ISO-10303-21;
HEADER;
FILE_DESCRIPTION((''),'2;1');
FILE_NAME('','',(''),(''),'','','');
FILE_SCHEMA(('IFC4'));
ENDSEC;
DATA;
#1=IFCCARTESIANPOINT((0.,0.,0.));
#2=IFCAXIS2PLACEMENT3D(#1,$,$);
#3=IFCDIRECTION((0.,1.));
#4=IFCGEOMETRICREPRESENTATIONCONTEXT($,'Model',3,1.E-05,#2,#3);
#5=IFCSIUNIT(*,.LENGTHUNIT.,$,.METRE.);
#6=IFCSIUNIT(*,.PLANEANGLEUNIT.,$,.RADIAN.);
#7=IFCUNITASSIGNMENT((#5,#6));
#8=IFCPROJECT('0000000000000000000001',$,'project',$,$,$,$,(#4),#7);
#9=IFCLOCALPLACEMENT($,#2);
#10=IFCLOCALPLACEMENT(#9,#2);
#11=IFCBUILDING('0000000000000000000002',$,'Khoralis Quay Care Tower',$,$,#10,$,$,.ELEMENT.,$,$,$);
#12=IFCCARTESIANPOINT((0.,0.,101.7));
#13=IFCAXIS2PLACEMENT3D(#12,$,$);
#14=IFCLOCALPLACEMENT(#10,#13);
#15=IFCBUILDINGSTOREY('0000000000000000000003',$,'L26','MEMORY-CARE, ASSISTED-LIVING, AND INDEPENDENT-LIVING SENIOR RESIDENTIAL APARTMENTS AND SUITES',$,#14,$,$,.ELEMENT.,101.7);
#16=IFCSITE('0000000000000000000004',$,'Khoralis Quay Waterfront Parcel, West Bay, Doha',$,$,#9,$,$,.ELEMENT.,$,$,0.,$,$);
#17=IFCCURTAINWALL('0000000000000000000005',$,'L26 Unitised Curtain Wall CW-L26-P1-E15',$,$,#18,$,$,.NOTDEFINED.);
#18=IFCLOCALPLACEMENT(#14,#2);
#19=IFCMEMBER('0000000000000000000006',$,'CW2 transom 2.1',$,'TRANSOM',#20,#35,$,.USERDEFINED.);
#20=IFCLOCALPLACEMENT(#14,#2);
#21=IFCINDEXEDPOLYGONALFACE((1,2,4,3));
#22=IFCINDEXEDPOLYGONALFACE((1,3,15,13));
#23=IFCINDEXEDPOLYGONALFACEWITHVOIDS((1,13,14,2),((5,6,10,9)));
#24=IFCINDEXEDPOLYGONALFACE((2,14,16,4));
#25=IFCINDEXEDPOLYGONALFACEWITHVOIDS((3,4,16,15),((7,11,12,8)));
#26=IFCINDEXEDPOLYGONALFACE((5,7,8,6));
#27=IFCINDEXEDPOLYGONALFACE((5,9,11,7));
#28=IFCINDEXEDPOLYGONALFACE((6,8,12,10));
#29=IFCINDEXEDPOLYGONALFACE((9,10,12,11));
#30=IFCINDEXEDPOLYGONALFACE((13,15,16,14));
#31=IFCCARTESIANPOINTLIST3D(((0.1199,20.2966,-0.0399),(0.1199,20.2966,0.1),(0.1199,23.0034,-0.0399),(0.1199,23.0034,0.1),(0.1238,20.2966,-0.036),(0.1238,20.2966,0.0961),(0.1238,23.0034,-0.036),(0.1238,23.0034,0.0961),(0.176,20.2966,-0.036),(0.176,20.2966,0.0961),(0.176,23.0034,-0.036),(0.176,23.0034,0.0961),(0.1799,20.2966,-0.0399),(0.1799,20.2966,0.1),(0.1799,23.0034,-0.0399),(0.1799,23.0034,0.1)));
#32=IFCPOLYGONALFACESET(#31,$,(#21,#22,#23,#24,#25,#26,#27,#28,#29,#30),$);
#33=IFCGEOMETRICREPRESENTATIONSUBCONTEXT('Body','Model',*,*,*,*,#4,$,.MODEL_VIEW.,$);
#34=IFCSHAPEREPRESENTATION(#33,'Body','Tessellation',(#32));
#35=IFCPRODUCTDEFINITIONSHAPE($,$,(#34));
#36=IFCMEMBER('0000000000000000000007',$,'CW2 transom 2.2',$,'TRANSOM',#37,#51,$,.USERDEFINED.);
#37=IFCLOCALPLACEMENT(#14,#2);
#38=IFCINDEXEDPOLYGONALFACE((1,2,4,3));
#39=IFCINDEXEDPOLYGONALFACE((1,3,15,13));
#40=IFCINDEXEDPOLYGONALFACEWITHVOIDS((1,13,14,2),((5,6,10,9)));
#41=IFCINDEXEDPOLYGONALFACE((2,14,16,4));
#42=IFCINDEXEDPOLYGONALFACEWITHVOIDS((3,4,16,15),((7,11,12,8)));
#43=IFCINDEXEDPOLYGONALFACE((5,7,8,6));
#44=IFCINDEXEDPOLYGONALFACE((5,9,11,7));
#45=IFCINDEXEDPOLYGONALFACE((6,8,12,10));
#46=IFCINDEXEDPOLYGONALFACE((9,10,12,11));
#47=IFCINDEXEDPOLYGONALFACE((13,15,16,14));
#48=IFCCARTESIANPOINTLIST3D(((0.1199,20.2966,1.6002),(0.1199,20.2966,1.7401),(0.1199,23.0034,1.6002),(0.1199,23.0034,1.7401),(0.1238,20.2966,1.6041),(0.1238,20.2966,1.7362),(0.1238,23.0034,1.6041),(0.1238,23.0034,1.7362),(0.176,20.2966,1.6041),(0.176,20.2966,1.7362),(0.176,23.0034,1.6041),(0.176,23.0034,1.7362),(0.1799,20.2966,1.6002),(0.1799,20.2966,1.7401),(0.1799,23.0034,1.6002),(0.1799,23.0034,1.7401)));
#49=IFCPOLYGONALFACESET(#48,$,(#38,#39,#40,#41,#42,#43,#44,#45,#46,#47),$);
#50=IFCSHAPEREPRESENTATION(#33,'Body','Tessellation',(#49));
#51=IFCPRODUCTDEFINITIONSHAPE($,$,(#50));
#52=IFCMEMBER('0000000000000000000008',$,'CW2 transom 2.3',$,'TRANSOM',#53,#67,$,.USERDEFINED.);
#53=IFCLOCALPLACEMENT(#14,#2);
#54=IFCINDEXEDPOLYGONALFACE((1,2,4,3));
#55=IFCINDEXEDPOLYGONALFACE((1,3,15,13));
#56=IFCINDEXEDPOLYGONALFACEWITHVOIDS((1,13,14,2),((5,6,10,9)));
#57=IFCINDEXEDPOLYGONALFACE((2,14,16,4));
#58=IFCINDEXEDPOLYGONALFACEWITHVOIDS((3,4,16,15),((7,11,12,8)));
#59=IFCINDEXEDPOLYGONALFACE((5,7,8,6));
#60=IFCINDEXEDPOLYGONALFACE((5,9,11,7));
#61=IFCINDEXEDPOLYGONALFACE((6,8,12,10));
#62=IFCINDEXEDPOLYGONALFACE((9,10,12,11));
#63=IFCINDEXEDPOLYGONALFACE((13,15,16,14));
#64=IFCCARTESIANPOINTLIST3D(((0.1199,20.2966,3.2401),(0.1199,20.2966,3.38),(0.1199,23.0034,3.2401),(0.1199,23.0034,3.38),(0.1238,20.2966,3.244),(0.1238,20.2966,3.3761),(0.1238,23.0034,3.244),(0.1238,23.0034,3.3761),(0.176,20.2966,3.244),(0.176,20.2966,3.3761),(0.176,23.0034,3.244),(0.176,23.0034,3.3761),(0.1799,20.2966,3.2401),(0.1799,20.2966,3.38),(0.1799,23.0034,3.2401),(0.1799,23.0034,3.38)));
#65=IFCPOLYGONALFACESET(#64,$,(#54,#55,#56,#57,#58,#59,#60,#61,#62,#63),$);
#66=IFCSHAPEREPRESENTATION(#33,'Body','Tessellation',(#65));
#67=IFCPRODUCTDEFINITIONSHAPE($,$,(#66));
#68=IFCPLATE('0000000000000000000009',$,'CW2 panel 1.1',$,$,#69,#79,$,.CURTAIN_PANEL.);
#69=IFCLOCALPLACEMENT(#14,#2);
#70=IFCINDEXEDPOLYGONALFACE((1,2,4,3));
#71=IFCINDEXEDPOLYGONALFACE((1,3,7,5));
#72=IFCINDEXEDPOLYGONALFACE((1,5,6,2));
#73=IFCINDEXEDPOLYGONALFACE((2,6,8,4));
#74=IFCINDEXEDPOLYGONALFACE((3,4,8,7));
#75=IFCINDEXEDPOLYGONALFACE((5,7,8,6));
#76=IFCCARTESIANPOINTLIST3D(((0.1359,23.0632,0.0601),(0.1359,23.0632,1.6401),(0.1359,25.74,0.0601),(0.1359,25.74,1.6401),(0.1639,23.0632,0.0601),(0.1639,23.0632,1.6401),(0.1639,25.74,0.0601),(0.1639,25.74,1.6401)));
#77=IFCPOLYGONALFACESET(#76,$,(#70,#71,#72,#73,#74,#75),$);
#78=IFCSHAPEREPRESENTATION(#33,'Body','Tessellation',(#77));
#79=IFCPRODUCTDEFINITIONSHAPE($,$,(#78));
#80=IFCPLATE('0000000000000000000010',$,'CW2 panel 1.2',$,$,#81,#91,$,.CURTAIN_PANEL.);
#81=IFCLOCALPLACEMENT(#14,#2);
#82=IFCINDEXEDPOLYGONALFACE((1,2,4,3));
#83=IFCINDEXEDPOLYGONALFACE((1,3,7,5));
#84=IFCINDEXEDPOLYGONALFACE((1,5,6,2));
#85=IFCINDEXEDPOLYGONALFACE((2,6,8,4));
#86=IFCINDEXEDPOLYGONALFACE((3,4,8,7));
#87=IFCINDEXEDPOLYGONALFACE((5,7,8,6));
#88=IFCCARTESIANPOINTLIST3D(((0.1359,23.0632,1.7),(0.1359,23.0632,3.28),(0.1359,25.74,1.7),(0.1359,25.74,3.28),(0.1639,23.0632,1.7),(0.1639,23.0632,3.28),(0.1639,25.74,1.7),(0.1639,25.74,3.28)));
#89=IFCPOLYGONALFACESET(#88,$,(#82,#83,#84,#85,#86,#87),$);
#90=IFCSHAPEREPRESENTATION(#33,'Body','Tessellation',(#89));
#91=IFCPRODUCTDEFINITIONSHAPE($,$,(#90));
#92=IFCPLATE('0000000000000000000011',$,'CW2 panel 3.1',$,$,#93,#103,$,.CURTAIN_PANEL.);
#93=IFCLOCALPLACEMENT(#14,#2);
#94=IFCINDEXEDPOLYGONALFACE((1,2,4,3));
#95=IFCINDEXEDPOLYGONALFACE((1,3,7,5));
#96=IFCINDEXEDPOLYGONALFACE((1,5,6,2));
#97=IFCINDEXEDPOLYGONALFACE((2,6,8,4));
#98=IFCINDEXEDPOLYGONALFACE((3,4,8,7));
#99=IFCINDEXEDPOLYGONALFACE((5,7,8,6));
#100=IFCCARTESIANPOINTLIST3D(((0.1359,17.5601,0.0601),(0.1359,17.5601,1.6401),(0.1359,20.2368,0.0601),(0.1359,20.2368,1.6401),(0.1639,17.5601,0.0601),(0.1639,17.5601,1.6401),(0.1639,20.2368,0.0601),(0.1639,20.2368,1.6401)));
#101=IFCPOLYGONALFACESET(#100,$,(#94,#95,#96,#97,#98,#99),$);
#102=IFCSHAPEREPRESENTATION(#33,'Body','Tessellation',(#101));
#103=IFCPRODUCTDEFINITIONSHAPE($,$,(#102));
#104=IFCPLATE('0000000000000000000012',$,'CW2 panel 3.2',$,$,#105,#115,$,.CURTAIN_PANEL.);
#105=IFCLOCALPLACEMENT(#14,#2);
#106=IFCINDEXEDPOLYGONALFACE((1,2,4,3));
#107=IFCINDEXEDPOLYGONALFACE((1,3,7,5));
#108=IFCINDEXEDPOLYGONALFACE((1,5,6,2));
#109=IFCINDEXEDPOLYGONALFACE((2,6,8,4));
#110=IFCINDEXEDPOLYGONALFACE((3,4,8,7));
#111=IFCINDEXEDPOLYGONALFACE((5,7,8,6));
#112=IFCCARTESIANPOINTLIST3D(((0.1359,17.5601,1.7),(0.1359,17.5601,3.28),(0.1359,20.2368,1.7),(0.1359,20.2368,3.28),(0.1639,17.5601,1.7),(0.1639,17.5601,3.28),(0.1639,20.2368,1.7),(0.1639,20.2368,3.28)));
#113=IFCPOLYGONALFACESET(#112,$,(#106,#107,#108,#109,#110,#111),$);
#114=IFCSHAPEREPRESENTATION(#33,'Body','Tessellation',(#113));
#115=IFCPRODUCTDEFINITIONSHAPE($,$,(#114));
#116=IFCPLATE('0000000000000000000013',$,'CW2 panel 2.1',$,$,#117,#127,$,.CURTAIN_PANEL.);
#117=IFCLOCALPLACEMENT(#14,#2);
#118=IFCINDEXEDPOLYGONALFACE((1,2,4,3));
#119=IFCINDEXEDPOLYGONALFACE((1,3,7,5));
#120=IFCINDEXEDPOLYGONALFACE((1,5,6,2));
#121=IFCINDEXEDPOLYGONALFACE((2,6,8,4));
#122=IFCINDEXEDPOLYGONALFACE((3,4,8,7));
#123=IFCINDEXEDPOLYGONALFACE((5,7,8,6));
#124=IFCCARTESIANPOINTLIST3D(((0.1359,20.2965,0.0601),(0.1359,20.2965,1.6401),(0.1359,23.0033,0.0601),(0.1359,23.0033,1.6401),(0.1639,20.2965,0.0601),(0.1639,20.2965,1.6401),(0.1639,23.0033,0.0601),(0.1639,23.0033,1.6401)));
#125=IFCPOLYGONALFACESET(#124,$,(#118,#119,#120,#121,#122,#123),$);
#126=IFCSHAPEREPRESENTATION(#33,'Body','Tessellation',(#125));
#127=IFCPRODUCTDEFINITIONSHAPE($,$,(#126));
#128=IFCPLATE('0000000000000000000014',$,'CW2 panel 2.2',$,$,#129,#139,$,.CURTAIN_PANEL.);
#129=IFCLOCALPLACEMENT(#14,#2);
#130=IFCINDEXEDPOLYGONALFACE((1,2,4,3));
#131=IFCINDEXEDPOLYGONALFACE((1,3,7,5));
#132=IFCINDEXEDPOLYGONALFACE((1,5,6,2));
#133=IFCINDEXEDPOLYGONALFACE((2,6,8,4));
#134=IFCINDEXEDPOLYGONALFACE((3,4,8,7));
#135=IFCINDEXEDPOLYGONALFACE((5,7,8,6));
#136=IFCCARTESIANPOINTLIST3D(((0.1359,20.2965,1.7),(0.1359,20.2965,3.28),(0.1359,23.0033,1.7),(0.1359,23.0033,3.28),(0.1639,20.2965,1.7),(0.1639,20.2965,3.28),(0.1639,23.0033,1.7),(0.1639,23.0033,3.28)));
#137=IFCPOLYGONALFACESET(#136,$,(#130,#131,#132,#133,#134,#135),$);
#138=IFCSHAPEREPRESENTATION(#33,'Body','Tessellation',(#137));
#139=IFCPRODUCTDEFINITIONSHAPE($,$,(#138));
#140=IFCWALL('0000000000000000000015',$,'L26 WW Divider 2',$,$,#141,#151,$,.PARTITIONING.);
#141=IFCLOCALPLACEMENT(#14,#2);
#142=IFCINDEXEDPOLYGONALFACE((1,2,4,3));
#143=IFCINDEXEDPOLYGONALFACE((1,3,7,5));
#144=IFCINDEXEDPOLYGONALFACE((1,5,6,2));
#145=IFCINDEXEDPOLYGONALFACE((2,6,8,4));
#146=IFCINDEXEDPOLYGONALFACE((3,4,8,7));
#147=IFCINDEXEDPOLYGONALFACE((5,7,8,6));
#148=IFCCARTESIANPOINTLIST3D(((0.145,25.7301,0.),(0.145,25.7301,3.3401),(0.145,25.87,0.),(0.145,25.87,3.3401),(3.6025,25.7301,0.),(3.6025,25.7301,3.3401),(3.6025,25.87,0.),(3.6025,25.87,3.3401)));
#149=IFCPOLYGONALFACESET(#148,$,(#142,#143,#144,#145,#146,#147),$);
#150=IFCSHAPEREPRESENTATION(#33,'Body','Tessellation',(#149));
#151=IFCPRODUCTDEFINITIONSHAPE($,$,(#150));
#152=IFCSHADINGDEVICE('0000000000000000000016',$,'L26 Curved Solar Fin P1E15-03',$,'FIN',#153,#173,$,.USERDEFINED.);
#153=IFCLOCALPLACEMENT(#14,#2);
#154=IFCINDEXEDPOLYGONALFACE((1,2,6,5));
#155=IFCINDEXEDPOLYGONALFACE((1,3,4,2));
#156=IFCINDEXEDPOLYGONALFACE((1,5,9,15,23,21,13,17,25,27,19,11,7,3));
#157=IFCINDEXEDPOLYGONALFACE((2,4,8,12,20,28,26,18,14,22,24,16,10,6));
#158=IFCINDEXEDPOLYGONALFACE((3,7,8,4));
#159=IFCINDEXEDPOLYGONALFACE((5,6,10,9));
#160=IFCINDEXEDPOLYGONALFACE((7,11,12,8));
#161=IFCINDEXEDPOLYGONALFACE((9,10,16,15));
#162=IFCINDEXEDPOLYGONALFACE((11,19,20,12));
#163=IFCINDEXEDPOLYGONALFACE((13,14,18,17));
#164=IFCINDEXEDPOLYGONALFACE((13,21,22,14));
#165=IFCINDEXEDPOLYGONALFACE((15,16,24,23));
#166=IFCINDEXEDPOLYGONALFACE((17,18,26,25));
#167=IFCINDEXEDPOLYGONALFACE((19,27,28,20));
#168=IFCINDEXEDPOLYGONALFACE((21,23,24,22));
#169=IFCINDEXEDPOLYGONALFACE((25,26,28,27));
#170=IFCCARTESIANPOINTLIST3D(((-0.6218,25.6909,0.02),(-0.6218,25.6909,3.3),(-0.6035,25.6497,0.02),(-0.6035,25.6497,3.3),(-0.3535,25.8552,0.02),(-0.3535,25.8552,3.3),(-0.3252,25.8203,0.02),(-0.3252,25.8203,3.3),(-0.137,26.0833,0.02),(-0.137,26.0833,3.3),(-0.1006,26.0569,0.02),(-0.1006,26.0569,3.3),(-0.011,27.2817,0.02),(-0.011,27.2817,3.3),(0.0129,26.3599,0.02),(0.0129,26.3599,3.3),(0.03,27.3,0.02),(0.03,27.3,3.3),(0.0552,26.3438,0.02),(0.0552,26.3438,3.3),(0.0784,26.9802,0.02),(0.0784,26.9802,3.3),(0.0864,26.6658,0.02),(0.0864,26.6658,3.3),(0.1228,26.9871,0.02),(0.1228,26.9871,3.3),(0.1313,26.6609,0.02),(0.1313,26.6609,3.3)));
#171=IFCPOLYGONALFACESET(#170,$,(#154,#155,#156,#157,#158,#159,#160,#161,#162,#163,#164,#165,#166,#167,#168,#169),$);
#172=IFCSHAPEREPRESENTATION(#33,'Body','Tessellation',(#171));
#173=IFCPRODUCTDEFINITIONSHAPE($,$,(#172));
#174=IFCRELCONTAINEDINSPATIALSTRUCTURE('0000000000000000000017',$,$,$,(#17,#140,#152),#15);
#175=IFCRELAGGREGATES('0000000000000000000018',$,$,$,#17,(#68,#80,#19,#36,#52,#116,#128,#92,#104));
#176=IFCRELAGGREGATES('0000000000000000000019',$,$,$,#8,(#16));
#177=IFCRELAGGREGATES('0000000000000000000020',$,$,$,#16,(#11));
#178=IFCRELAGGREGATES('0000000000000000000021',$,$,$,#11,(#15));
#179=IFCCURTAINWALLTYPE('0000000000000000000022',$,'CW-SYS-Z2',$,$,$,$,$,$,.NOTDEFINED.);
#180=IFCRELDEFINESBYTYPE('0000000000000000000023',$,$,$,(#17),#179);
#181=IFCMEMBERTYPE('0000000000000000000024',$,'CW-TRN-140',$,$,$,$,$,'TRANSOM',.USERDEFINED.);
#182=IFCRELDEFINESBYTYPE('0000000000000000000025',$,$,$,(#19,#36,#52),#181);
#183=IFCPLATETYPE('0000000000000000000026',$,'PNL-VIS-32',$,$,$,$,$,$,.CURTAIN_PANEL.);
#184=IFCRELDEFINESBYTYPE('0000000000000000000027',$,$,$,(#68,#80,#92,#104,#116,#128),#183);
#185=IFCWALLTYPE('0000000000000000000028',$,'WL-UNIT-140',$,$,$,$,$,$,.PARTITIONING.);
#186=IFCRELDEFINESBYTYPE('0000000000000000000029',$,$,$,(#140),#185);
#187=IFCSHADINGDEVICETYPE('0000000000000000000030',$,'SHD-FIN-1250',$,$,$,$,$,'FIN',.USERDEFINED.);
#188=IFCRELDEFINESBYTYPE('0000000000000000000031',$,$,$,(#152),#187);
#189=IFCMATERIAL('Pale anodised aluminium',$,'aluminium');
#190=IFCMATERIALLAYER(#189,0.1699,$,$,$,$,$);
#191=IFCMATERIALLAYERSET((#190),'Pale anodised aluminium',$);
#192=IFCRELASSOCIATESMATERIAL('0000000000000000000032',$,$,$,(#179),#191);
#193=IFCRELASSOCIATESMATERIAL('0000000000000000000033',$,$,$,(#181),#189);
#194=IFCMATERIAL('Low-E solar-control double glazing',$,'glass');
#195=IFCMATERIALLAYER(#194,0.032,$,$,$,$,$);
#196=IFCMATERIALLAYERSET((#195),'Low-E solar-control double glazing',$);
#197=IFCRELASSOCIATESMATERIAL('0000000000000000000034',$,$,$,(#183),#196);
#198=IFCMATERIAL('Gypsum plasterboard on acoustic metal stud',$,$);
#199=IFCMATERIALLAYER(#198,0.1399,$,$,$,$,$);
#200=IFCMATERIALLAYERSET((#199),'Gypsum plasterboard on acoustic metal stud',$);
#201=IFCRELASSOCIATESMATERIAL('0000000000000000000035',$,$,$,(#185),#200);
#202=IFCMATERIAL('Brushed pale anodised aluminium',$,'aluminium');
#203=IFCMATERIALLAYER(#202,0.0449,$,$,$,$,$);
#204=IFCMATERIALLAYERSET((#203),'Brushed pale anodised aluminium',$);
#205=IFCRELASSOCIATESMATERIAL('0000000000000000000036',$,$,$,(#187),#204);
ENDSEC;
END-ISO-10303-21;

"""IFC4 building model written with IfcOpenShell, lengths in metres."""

from ifc_helpers import new_model, si_unit, direction, frame, frame_2d, origin, origin_2d, place, context, subcontext, project, spatial, polyline, rectangle, hollow_rectangle, outline, extrude, source, transform, mapped, material, layer, layer_set, material_profile, profile_set, type_object, element, aggregate, save


model = new_model("IFC4")

# Units and contexts
model_context = context("Model", 3, precision=1e-05, world=origin(), true_north=direction((0.0, 1.0)))
body_context = subcontext(model_context, "Body", "Model", "MODEL_VIEW")
ifc_project = project(units=[si_unit("LENGTHUNIT", "METRE"), si_unit("PLANEANGLEUNIT", "RADIAN")], contexts=[model_context])

# Site, building, storey
site_placement = place(None, origin())
site = spatial("IfcSite", under=ifc_project, at=site_placement, Name="Khoralis Quay Waterfront Parcel, West Bay, Doha", CompositionType="ELEMENT", RefElevation=0.0)
building_placement = place(site_placement, origin())
building = spatial("IfcBuilding", under=site, at=building_placement, Name="Khoralis Quay Care Tower", CompositionType="ELEMENT")
storey_placement = place(building_placement, frame((0.0, 0.0, 101.7)))
storey = spatial("IfcBuildingStorey", under=building, at=storey_placement, Name="L26", Description="MEMORY-CARE, ASSISTED-LIVING, AND INDEPENDENT-LIVING SENIOR RESIDENTIAL APARTMENTS AND SUITES", CompositionType="ELEMENT", Elevation=101.7)

# Curtain wall, members, plates
ifc_material_1 = material(Name="Pale anodised aluminium", Category="aluminium")
ifc_layer_1 = layer(ifc_material_1, 0.1699)
ifc_layer_set_1 = layer_set([ifc_layer_1], Name="Pale anodised aluminium")
curtain_wall_type = type_object("IfcCurtainWallType", Name="CW-SYS-Z2", PredefinedType="NOTDEFINED", material=ifc_layer_set_1)
curtain_wall_placement = place(storey_placement, origin())
curtain_wall = element("IfcCurtainWall", 1, at=curtain_wall_placement, inside=storey, type_object=curtain_wall_type, Name="L26 Unitised Curtain Wall CW-L26-P1-E15", PredefinedType="NOTDEFINED")
ifc_material_profile_1 = material_profile(ifc_material_1, hollow_rectangle(XDim=0.0601, YDim=0.1399, WallThickness=0.0039, at=origin_2d()), Name="Pale anodised aluminium")
ifc_profile_set_1 = profile_set([ifc_material_profile_1], Name="Pale anodised aluminium")
member_type_1 = type_object("IfcMemberType", Name="CW-TRN-140", ElementType="TRANSOM", PredefinedType="USERDEFINED", material=ifc_profile_set_1)
shared_shape_1 = source(origin(), body_context, "Body", "SweptSolid", [
    extrude(hollow_rectangle(XDim=0.0601, YDim=0.1399, WallThickness=0.0039, at=origin_2d()), origin(), (0.0, 0.0, 1.0), 2.7068),
])
member_1_placement = place(storey_placement, frame((0.1499, 23.0034, 0.03), z_axis=(0.0, -1.0, 0.0), x_axis=(1.0, 0.0, 0.0)))
member_1 = element("IfcMember", 2, at=member_1_placement, type_object=member_type_1, Name="CW2 transom 2.1", ObjectType="TRANSOM", PredefinedType="USERDEFINED", context=body_context, shape_type="MappedRepresentation", body=[
    mapped(shared_shape_1, transform((0.0, 0.0, 0.0), scale=1.0)),
])
member_2_placement = place(storey_placement, frame((0.1499, 23.0034, 1.6702), z_axis=(0.0, -1.0, 0.0), x_axis=(1.0, 0.0, 0.0)))
member_2 = element("IfcMember", 3, at=member_2_placement, type_object=member_type_1, Name="CW2 transom 2.2", ObjectType="TRANSOM", PredefinedType="USERDEFINED", context=body_context, shape_type="MappedRepresentation", body=[
    mapped(shared_shape_1, transform((0.0, 0.0, 0.0), scale=1.0)),
])
member_3_placement = place(storey_placement, frame((0.1499, 23.0034, 3.3101), z_axis=(0.0, -1.0, 0.0), x_axis=(1.0, 0.0, 0.0)))
member_3 = element("IfcMember", 4, at=member_3_placement, type_object=member_type_1, Name="CW2 transom 2.3", ObjectType="TRANSOM", PredefinedType="USERDEFINED", context=body_context, shape_type="MappedRepresentation", body=[
    mapped(shared_shape_1, transform((0.0, 0.0, 0.0), scale=1.0)),
])
ifc_material_2 = material(Name="Low-E solar-control double glazing", Category="glass")
ifc_layer_2 = layer(ifc_material_2, 0.032)
ifc_layer_set_2 = layer_set([ifc_layer_2], Name="Low-E solar-control double glazing")
plate_type = type_object("IfcPlateType", Name="PNL-VIS-32", PredefinedType="CURTAIN_PANEL", material=ifc_layer_set_2)
shared_shape_2 = source(origin(), body_context, "Body", "SweptSolid", [
    extrude(rectangle(XDim=2.6768, YDim=0.0281, at=origin_2d()), origin(), (0.0, 0.0, 1.0), 1.5801),
])
plate_1_placement = place(storey_placement, frame((0.1499, 24.4016, 0.0601), z_axis=(0.0, 0.0, 1.0), x_axis=(0.0, -1.0, 0.0)))
plate_1 = element("IfcPlate", 5, at=plate_1_placement, type_object=plate_type, Name="CW2 panel 1.1", PredefinedType="CURTAIN_PANEL", context=body_context, shape_type="MappedRepresentation", body=[
    mapped(shared_shape_2, transform((0.0, 0.0, 0.0), scale=1.0)),
])
plate_2_placement = place(storey_placement, frame((0.1499, 24.4016, 1.7), z_axis=(0.0, 0.0, 1.0), x_axis=(0.0, -1.0, 0.0)))
plate_2 = element("IfcPlate", 6, at=plate_2_placement, type_object=plate_type, Name="CW2 panel 1.2", PredefinedType="CURTAIN_PANEL", context=body_context, shape_type="MappedRepresentation", body=[
    mapped(shared_shape_2, transform((0.0, 0.0, 0.0), scale=1.0)),
])
plate_3_placement = place(storey_placement, frame((0.1499, 18.8984, 0.0601), z_axis=(0.0, 0.0, 1.0), x_axis=(0.0, -1.0, 0.0)))
plate_3 = element("IfcPlate", 7, at=plate_3_placement, type_object=plate_type, Name="CW2 panel 3.1", PredefinedType="CURTAIN_PANEL", context=body_context, shape_type="MappedRepresentation", body=[
    mapped(shared_shape_2, transform((0.0, 0.0, 0.0), scale=1.0)),
])
plate_4_placement = place(storey_placement, frame((0.1499, 18.8984, 1.7), z_axis=(0.0, 0.0, 1.0), x_axis=(0.0, -1.0, 0.0)))
plate_4 = element("IfcPlate", 8, at=plate_4_placement, type_object=plate_type, Name="CW2 panel 3.2", PredefinedType="CURTAIN_PANEL", context=body_context, shape_type="MappedRepresentation", body=[
    mapped(shared_shape_2, transform((0.0, 0.0, 0.0), scale=1.0)),
])
shared_shape_3 = source(origin(), body_context, "Body", "SweptSolid", [
    extrude(rectangle(XDim=2.7068, YDim=0.0281, at=origin_2d()), origin(), (0.0, 0.0, 1.0), 1.5801),
])
plate_5_placement = place(storey_placement, frame((0.1499, 21.6499, 0.0601), z_axis=(0.0, 0.0, 1.0), x_axis=(0.0, -1.0, 0.0)))
plate_5 = element("IfcPlate", 9, at=plate_5_placement, type_object=plate_type, Name="CW2 panel 2.1", PredefinedType="CURTAIN_PANEL", context=body_context, shape_type="MappedRepresentation", body=[
    mapped(shared_shape_3, transform((0.0, 0.0, 0.0), scale=1.0)),
])
plate_6_placement = place(storey_placement, frame((0.1499, 21.6499, 1.7), z_axis=(0.0, 0.0, 1.0), x_axis=(0.0, -1.0, 0.0)))
plate_6 = element("IfcPlate", 10, at=plate_6_placement, type_object=plate_type, Name="CW2 panel 2.2", PredefinedType="CURTAIN_PANEL", context=body_context, shape_type="MappedRepresentation", body=[
    mapped(shared_shape_3, transform((0.0, 0.0, 0.0), scale=1.0)),
])
aggregate(curtain_wall, [plate_1, plate_2, member_1, member_2, member_3, plate_5, plate_6, plate_3, plate_4])

# Wall
ifc_material_3 = material(Name="Gypsum plasterboard on acoustic metal stud")
ifc_layer_3 = layer(ifc_material_3, 0.1399)
ifc_layer_set_3 = layer_set([ifc_layer_3], Name="Gypsum plasterboard on acoustic metal stud")
wall_type = type_object("IfcWallType", Name="WL-UNIT-140", PredefinedType="PARTITIONING", material=ifc_layer_set_3)
wall_placement = place(storey_placement, frame((0.145, 25.8, 0.0), z_axis=(0.0, 0.0, 1.0), x_axis=(1.0, 0.0, 0.0)))
element("IfcWall", 11, at=wall_placement, inside=storey, type_object=wall_type, Name="L26 WW Divider 2", PredefinedType="PARTITIONING", context=body_context, shape_type="SweptSolid", body=[
    extrude(rectangle(XDim=3.4575, YDim=0.1399, at=frame_2d((1.7288, 0.0))), origin(), (0.0, 0.0, 1.0), 3.3401),
])

# Shading device
ifc_material_4 = material(Name="Brushed pale anodised aluminium", Category="aluminium")
ifc_layer_4 = layer(ifc_material_4, 0.0449)
ifc_layer_set_4 = layer_set([ifc_layer_4], Name="Brushed pale anodised aluminium")
shading_device_type = type_object("IfcShadingDeviceType", Name="SHD-FIN-1250", ElementType="FIN", PredefinedType="USERDEFINED", material=ifc_layer_set_4)
shared_shape_4 = source(origin(), body_context, "Body", "SweptSolid", [
    extrude(outline(polyline([(0.0, 0.0), (-0.0928, 0.313), (-0.1013, 0.6392), (-0.0251, 0.9563), (0.1306, 1.2432), (0.3552, 1.4797), (0.6335, 1.6504), (0.6519, 1.6091), (0.3835, 1.4448), (0.167, 1.2168), (0.0171, 0.9402), (-0.0564, 0.6343), (-0.0483, 0.3198), (0.041, 0.0183), (0.0, 0.0)])), origin(), (0.0, 0.0, 1.0), 3.28),
])
shading_device_1_placement = place(storey_placement, frame((0.03, 27.3, 0.02), z_axis=(0.0, 0.0, 1.0), x_axis=(-1.0, 0.0, 0.0)))
element("IfcShadingDevice", 12, at=shading_device_1_placement, inside=storey, type_object=shading_device_type, Name="L26 Curved Solar Fin P1E15-03", ObjectType="FIN", PredefinedType="USERDEFINED", context=body_context, shape_type="MappedRepresentation", body=[
    mapped(shared_shape_4, transform((0.0, 0.0, 0.0), scale=1.0)),
])

save(model, "model.ifc")
